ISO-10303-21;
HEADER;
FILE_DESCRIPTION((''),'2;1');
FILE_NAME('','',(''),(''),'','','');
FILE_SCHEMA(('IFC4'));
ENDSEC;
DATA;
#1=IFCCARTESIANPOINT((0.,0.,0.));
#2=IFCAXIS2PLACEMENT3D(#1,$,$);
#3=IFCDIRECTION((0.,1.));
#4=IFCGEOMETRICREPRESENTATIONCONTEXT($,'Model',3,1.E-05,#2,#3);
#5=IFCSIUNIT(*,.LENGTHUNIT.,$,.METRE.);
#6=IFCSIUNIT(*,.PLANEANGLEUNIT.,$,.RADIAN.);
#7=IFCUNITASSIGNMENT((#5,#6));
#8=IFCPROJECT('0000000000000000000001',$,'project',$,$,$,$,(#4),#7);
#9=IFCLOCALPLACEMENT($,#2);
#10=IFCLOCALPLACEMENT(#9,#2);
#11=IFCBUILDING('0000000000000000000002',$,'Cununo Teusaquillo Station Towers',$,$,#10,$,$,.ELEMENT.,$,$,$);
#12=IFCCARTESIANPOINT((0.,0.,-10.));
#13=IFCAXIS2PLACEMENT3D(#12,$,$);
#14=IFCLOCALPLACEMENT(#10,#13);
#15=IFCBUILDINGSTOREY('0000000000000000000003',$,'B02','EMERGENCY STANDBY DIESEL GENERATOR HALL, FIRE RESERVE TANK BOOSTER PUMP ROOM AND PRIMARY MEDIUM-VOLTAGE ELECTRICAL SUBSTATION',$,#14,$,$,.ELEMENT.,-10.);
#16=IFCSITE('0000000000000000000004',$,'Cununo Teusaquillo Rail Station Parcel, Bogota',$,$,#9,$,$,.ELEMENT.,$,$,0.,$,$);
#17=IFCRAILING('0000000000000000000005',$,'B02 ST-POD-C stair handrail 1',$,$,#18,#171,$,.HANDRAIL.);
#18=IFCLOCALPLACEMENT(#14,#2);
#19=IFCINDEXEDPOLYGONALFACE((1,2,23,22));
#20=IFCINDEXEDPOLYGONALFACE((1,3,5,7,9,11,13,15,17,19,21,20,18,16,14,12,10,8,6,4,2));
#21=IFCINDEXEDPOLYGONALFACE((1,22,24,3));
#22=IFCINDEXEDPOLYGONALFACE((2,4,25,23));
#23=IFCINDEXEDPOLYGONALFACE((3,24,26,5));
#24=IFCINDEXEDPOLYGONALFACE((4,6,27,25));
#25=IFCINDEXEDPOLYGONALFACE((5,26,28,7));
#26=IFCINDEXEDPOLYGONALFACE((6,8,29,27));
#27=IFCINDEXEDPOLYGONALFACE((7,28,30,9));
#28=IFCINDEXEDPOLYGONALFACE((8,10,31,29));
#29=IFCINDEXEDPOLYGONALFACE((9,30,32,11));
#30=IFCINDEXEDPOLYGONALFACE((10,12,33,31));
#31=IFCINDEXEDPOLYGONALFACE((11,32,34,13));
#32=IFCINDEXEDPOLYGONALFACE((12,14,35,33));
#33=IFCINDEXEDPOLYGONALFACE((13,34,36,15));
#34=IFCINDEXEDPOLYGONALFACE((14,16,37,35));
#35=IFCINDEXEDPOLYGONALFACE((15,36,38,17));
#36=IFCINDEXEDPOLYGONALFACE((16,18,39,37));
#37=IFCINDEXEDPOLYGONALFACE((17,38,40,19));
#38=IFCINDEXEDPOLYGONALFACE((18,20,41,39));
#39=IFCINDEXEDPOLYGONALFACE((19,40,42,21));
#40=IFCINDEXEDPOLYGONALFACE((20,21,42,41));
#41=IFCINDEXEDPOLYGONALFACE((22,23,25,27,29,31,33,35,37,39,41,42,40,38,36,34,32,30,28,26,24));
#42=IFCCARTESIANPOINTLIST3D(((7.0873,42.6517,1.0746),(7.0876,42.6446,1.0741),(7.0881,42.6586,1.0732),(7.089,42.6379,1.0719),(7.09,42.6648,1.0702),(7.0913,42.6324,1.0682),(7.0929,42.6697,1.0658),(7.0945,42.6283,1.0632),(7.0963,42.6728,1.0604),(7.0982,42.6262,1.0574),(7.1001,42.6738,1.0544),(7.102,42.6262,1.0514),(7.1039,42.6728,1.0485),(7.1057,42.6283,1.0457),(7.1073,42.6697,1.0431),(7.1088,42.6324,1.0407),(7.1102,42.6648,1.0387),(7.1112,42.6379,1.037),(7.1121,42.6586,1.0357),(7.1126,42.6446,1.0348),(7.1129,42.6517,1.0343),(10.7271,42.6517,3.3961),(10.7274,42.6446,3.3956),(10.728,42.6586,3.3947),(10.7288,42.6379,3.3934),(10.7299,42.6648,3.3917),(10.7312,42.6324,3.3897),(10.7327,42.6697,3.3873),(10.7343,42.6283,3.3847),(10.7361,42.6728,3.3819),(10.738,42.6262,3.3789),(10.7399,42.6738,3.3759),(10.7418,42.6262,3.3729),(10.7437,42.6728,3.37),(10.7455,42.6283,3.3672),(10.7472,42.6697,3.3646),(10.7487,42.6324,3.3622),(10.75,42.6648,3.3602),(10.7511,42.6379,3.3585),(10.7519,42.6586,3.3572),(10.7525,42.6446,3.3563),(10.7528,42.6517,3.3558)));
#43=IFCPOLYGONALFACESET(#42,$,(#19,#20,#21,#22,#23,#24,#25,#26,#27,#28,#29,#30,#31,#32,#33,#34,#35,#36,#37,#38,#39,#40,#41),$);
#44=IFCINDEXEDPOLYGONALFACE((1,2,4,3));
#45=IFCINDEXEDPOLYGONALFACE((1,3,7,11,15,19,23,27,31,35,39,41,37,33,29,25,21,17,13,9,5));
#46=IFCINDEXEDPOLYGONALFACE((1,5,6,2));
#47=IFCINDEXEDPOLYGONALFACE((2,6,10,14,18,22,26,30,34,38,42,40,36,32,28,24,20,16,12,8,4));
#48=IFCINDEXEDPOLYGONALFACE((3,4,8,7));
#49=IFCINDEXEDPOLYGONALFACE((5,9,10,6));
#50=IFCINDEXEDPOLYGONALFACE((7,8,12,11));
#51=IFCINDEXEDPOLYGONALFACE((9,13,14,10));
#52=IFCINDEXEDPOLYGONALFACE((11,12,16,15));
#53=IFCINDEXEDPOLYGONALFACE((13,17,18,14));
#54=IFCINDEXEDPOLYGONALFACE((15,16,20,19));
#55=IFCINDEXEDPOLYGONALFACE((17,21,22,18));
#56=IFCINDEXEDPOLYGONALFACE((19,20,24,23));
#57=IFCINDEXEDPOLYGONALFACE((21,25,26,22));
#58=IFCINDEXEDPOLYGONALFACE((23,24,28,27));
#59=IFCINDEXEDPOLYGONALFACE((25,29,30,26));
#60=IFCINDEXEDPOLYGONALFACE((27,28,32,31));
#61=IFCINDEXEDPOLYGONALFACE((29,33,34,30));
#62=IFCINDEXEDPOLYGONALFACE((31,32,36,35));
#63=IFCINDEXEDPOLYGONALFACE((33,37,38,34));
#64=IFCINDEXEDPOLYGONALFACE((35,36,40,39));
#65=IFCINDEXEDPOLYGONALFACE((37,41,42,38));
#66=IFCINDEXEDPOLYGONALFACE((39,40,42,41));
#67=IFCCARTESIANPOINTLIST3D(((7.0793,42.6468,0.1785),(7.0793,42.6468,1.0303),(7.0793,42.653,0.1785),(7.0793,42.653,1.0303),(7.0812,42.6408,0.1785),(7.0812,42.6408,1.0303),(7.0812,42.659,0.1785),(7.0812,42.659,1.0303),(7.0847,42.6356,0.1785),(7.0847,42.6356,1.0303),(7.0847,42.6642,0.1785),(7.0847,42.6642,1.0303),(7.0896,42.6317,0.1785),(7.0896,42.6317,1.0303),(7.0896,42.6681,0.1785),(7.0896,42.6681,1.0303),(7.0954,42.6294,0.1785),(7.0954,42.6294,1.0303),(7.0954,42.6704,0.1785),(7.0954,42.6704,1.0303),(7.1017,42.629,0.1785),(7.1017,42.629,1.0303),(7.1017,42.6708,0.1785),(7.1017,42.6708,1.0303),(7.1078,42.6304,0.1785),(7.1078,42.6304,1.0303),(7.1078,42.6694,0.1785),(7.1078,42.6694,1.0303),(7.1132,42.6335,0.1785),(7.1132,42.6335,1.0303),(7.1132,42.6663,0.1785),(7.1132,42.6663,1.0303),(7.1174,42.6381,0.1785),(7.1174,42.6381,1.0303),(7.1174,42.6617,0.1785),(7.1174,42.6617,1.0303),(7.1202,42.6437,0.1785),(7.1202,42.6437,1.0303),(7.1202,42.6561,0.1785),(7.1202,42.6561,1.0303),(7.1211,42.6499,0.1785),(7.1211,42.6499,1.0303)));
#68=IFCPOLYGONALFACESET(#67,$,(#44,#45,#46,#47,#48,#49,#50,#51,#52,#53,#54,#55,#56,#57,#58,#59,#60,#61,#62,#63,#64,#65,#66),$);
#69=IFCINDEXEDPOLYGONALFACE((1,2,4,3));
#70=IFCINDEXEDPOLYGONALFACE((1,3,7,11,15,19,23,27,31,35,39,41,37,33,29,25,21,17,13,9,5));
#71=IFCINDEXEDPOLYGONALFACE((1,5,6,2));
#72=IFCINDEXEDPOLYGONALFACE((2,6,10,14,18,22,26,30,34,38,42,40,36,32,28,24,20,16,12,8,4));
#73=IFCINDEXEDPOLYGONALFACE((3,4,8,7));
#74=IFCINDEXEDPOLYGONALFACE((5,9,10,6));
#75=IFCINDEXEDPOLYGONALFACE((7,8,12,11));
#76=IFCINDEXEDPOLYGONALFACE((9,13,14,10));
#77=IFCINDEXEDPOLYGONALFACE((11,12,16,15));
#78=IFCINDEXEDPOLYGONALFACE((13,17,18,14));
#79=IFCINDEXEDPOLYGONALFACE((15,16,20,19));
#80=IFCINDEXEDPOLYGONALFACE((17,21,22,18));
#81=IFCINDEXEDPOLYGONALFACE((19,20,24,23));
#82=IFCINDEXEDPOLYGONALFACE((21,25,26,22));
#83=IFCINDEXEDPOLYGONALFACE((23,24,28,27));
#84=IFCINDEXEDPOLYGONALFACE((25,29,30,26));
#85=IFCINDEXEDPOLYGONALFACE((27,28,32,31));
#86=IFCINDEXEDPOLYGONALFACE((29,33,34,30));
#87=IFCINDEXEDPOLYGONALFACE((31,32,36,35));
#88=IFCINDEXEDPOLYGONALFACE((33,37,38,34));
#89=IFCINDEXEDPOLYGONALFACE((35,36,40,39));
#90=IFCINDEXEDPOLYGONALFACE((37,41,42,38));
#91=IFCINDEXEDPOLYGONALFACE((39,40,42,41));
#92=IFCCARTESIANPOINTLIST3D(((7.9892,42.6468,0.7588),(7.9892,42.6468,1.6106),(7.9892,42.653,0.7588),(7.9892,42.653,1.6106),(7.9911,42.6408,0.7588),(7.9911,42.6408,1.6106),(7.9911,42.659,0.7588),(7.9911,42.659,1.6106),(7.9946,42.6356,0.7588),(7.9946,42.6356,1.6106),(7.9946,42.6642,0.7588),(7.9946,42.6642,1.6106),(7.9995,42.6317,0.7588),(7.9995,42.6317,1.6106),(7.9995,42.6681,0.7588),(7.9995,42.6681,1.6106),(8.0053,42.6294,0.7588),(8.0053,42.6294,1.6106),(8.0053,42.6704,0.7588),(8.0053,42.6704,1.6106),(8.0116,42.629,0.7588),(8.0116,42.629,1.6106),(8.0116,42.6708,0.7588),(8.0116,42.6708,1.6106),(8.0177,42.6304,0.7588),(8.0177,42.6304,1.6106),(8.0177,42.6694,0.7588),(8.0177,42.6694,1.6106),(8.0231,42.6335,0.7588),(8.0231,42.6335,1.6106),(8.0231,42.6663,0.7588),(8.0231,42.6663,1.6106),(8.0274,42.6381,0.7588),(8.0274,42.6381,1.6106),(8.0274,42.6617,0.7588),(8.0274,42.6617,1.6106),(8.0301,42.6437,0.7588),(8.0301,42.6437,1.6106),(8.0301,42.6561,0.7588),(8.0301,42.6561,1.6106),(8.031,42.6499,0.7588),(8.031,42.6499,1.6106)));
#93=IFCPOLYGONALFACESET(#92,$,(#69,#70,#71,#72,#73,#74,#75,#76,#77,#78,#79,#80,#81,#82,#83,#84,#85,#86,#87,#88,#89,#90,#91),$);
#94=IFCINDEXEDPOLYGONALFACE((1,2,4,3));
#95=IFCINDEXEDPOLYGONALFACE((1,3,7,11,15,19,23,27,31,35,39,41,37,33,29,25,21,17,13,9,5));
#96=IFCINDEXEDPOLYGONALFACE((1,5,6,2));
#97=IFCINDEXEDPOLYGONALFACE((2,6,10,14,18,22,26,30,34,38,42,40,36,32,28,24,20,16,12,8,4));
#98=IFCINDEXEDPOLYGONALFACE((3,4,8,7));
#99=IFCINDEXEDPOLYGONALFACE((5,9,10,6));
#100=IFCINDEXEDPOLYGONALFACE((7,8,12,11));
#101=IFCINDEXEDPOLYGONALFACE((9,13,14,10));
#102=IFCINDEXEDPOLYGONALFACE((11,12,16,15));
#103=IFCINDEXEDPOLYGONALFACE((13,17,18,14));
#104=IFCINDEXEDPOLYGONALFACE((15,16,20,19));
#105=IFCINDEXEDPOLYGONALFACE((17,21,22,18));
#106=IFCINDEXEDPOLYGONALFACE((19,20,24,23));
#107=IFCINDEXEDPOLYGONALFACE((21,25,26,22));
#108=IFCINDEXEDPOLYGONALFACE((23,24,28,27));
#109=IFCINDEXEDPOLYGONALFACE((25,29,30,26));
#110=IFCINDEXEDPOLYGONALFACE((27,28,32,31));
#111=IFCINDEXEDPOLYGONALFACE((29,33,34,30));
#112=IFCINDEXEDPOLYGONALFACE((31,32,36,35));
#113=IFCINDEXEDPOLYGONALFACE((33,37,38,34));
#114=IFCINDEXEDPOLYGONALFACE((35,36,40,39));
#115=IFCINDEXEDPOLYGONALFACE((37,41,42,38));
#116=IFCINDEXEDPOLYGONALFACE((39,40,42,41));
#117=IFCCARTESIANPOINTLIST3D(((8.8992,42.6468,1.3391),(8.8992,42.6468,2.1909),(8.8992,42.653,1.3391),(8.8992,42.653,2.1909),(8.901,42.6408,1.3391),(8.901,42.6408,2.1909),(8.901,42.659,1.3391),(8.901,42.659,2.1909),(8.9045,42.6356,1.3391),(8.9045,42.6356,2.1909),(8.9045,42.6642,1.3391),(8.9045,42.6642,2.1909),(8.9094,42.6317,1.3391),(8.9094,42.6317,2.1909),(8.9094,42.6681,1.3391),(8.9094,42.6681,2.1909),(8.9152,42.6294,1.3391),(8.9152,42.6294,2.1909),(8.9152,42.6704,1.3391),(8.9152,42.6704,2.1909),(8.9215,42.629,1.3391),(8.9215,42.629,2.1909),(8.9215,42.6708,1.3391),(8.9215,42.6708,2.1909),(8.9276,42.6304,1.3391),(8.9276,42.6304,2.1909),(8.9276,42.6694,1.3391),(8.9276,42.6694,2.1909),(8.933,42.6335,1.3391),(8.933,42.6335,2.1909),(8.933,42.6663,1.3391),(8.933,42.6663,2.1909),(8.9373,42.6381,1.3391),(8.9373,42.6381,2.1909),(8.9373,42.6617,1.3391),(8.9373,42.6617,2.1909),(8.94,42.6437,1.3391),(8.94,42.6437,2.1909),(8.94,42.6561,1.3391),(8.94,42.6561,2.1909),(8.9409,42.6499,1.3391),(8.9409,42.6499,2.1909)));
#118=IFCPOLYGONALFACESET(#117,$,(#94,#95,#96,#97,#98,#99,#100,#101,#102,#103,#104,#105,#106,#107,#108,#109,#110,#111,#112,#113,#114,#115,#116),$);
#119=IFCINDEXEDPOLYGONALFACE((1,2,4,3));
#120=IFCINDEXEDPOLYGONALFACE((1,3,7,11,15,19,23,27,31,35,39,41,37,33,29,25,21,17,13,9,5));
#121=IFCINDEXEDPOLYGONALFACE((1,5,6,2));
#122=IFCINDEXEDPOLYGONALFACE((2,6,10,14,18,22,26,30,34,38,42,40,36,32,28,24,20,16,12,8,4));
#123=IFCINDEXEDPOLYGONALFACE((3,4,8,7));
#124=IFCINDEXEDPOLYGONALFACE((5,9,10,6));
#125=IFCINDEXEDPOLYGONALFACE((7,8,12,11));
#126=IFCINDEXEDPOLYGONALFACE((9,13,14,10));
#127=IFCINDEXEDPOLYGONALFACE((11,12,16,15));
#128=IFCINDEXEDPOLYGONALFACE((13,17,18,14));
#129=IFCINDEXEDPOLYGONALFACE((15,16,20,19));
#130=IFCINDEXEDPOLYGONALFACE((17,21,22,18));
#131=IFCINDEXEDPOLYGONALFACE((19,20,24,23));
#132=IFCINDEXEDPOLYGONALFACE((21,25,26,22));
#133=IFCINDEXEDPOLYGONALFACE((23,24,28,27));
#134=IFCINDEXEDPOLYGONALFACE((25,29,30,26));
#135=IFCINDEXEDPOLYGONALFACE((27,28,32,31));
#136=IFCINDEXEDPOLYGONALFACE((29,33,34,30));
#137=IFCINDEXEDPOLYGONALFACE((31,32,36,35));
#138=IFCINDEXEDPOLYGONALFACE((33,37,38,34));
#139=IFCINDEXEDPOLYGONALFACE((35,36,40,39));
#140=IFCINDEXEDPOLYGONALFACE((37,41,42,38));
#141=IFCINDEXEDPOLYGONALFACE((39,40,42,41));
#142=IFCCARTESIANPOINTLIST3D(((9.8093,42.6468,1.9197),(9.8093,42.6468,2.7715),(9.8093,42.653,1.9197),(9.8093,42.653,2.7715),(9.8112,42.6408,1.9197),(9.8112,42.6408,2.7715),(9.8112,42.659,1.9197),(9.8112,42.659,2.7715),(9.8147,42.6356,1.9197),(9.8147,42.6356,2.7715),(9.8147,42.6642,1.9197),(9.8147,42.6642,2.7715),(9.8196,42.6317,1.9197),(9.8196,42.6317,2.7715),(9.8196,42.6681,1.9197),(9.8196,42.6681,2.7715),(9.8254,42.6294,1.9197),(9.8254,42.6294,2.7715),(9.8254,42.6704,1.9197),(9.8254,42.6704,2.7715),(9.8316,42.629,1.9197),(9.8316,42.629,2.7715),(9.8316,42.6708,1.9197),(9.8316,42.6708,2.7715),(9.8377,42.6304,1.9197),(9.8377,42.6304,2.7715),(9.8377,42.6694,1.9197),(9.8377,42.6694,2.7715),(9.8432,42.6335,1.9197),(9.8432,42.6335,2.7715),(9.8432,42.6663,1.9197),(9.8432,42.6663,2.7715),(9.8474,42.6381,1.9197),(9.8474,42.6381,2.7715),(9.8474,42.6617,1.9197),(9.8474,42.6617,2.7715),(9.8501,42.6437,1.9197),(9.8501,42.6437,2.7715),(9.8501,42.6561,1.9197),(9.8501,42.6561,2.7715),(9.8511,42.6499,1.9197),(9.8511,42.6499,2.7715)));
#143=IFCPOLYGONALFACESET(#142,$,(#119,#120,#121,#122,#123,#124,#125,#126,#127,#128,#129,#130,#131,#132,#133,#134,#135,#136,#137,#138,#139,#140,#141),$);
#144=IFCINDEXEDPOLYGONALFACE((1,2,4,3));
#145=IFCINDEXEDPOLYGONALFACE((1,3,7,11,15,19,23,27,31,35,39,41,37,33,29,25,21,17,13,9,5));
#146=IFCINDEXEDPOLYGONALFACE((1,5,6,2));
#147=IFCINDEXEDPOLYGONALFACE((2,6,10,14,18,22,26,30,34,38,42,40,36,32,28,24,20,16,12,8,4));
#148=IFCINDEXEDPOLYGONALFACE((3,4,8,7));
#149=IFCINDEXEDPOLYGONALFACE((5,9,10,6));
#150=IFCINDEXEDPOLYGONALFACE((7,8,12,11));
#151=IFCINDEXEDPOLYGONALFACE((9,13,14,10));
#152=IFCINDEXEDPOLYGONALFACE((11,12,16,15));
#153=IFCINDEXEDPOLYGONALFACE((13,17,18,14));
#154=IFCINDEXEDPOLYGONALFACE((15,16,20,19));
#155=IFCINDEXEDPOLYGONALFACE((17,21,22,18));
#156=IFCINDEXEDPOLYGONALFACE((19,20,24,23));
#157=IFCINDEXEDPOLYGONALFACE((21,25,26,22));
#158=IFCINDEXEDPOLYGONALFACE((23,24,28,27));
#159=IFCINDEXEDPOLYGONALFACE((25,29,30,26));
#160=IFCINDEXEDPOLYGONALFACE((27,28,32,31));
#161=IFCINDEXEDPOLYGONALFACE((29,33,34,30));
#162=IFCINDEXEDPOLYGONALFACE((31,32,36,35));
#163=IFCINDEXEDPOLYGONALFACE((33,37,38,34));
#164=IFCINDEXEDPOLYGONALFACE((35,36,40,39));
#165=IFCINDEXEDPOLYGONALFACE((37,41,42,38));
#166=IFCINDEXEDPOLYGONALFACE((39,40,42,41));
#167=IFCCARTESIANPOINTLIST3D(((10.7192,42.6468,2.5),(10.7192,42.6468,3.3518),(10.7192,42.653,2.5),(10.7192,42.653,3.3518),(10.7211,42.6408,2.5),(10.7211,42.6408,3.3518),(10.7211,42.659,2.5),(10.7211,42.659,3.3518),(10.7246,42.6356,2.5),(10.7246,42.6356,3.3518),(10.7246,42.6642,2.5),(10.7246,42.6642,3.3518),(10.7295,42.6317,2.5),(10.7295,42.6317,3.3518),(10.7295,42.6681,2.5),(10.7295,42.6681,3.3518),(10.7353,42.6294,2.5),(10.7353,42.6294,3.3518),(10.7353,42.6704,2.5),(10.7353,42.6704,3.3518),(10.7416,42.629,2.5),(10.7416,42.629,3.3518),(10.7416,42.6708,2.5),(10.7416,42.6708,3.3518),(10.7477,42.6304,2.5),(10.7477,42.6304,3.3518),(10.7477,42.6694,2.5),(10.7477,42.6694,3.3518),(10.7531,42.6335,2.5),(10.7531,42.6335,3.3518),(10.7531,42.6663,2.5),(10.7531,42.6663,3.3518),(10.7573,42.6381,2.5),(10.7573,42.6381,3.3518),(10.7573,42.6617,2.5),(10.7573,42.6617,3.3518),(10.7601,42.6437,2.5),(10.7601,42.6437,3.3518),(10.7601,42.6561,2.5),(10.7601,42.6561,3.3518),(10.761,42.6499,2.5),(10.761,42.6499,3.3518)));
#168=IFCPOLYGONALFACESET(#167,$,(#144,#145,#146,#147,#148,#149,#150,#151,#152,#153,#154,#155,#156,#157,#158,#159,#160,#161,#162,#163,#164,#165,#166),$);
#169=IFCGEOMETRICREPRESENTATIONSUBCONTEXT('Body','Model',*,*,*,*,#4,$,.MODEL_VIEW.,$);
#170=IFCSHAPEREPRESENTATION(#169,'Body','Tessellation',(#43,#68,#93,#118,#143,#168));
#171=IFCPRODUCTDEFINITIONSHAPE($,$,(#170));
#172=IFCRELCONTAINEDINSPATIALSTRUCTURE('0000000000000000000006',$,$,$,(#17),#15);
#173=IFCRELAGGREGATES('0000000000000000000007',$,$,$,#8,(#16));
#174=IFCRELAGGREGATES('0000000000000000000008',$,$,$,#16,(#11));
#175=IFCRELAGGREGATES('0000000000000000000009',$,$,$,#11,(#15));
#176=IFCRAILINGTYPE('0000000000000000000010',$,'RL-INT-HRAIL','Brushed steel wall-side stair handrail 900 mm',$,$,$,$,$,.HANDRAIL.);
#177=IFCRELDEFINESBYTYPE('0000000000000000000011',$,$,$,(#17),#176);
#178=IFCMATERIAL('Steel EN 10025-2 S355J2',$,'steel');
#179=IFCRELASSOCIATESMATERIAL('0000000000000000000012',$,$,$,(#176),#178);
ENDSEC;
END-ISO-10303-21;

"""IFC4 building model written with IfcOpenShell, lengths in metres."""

from ifc_helpers import new_model, si_unit, direction, frame, origin, origin_2d, place, context, subcontext, project, spatial, circle, extrude, material, type_object, element, save


model = new_model("IFC4")

# Units and contexts
model_context = context("Model", 3, precision=1e-05, world=origin(), true_north=direction((0.0, 1.0)))
body_context = subcontext(model_context, "Body", "Model", "MODEL_VIEW")
ifc_project = project(units=[si_unit("LENGTHUNIT", "METRE"), si_unit("PLANEANGLEUNIT", "RADIAN")], contexts=[model_context])

# Site, building, storey
site_placement = place(None, origin())
site = spatial("IfcSite", under=ifc_project, at=site_placement, Name="Cununo Teusaquillo Rail Station Parcel, Bogota", CompositionType="ELEMENT", RefElevation=0.0)
building_placement = place(site_placement, origin())
building = spatial("IfcBuilding", under=site, at=building_placement, Name="Cununo Teusaquillo Station Towers", CompositionType="ELEMENT")
storey_placement = place(building_placement, frame((0.0, 0.0, -10.0)))
storey = spatial("IfcBuildingStorey", under=building, at=storey_placement, Name="B02", Description="EMERGENCY STANDBY DIESEL GENERATOR HALL, FIRE RESERVE TANK BOOSTER PUMP ROOM AND PRIMARY MEDIUM-VOLTAGE ELECTRICAL SUBSTATION", CompositionType="ELEMENT", Elevation=-10.0)

# Railing
ifc_material_1 = material(Name="Steel EN 10025-2 S355J2", Category="steel")
railing_type_1 = type_object("IfcRailingType", Name="RL-INT-HRAIL", Description="Brushed steel wall-side stair handrail 900 mm", PredefinedType="HANDRAIL", material=ifc_material_1)
railing_1_placement = place(storey_placement, frame((7.1001, 42.6499, 0.1785)))
element("IfcRailing", 1, at=railing_1_placement, inside=storey, type_object=railing_type_1, Name="B02 ST-POD-C stair handrail 1", PredefinedType="HANDRAIL", context=body_context, shape_type="SweptSolid", body=[
    extrude(circle(Radius=0.0239, at=origin_2d()), frame((0.0, 0.0, 0.876), z_axis=(0.843112, 0.0, 0.537739), x_axis=(0.0, 1.0, 0.0)), (0.0, 0.0, 1.0), 4.3171),
    extrude(circle(Radius=0.021, at=origin_2d()), origin(), (0.0, 0.0, 1.0), 0.8518),
    extrude(circle(Radius=0.021, at=origin_2d()), frame((0.9099, 0.0, 0.5803)), (0.0, 0.0, 1.0), 0.8518),
    extrude(circle(Radius=0.021, at=origin_2d()), frame((1.8198, 0.0, 1.1606)), (0.0, 0.0, 1.0), 0.8518),
    extrude(circle(Radius=0.021, at=origin_2d()), frame((2.73, 0.0, 1.7412)), (0.0, 0.0, 1.0), 0.8518),
    extrude(circle(Radius=0.021, at=origin_2d()), frame((3.6399, 0.0, 2.3215)), (0.0, 0.0, 1.0), 0.8518),
])

save(model, "model.ifc")
